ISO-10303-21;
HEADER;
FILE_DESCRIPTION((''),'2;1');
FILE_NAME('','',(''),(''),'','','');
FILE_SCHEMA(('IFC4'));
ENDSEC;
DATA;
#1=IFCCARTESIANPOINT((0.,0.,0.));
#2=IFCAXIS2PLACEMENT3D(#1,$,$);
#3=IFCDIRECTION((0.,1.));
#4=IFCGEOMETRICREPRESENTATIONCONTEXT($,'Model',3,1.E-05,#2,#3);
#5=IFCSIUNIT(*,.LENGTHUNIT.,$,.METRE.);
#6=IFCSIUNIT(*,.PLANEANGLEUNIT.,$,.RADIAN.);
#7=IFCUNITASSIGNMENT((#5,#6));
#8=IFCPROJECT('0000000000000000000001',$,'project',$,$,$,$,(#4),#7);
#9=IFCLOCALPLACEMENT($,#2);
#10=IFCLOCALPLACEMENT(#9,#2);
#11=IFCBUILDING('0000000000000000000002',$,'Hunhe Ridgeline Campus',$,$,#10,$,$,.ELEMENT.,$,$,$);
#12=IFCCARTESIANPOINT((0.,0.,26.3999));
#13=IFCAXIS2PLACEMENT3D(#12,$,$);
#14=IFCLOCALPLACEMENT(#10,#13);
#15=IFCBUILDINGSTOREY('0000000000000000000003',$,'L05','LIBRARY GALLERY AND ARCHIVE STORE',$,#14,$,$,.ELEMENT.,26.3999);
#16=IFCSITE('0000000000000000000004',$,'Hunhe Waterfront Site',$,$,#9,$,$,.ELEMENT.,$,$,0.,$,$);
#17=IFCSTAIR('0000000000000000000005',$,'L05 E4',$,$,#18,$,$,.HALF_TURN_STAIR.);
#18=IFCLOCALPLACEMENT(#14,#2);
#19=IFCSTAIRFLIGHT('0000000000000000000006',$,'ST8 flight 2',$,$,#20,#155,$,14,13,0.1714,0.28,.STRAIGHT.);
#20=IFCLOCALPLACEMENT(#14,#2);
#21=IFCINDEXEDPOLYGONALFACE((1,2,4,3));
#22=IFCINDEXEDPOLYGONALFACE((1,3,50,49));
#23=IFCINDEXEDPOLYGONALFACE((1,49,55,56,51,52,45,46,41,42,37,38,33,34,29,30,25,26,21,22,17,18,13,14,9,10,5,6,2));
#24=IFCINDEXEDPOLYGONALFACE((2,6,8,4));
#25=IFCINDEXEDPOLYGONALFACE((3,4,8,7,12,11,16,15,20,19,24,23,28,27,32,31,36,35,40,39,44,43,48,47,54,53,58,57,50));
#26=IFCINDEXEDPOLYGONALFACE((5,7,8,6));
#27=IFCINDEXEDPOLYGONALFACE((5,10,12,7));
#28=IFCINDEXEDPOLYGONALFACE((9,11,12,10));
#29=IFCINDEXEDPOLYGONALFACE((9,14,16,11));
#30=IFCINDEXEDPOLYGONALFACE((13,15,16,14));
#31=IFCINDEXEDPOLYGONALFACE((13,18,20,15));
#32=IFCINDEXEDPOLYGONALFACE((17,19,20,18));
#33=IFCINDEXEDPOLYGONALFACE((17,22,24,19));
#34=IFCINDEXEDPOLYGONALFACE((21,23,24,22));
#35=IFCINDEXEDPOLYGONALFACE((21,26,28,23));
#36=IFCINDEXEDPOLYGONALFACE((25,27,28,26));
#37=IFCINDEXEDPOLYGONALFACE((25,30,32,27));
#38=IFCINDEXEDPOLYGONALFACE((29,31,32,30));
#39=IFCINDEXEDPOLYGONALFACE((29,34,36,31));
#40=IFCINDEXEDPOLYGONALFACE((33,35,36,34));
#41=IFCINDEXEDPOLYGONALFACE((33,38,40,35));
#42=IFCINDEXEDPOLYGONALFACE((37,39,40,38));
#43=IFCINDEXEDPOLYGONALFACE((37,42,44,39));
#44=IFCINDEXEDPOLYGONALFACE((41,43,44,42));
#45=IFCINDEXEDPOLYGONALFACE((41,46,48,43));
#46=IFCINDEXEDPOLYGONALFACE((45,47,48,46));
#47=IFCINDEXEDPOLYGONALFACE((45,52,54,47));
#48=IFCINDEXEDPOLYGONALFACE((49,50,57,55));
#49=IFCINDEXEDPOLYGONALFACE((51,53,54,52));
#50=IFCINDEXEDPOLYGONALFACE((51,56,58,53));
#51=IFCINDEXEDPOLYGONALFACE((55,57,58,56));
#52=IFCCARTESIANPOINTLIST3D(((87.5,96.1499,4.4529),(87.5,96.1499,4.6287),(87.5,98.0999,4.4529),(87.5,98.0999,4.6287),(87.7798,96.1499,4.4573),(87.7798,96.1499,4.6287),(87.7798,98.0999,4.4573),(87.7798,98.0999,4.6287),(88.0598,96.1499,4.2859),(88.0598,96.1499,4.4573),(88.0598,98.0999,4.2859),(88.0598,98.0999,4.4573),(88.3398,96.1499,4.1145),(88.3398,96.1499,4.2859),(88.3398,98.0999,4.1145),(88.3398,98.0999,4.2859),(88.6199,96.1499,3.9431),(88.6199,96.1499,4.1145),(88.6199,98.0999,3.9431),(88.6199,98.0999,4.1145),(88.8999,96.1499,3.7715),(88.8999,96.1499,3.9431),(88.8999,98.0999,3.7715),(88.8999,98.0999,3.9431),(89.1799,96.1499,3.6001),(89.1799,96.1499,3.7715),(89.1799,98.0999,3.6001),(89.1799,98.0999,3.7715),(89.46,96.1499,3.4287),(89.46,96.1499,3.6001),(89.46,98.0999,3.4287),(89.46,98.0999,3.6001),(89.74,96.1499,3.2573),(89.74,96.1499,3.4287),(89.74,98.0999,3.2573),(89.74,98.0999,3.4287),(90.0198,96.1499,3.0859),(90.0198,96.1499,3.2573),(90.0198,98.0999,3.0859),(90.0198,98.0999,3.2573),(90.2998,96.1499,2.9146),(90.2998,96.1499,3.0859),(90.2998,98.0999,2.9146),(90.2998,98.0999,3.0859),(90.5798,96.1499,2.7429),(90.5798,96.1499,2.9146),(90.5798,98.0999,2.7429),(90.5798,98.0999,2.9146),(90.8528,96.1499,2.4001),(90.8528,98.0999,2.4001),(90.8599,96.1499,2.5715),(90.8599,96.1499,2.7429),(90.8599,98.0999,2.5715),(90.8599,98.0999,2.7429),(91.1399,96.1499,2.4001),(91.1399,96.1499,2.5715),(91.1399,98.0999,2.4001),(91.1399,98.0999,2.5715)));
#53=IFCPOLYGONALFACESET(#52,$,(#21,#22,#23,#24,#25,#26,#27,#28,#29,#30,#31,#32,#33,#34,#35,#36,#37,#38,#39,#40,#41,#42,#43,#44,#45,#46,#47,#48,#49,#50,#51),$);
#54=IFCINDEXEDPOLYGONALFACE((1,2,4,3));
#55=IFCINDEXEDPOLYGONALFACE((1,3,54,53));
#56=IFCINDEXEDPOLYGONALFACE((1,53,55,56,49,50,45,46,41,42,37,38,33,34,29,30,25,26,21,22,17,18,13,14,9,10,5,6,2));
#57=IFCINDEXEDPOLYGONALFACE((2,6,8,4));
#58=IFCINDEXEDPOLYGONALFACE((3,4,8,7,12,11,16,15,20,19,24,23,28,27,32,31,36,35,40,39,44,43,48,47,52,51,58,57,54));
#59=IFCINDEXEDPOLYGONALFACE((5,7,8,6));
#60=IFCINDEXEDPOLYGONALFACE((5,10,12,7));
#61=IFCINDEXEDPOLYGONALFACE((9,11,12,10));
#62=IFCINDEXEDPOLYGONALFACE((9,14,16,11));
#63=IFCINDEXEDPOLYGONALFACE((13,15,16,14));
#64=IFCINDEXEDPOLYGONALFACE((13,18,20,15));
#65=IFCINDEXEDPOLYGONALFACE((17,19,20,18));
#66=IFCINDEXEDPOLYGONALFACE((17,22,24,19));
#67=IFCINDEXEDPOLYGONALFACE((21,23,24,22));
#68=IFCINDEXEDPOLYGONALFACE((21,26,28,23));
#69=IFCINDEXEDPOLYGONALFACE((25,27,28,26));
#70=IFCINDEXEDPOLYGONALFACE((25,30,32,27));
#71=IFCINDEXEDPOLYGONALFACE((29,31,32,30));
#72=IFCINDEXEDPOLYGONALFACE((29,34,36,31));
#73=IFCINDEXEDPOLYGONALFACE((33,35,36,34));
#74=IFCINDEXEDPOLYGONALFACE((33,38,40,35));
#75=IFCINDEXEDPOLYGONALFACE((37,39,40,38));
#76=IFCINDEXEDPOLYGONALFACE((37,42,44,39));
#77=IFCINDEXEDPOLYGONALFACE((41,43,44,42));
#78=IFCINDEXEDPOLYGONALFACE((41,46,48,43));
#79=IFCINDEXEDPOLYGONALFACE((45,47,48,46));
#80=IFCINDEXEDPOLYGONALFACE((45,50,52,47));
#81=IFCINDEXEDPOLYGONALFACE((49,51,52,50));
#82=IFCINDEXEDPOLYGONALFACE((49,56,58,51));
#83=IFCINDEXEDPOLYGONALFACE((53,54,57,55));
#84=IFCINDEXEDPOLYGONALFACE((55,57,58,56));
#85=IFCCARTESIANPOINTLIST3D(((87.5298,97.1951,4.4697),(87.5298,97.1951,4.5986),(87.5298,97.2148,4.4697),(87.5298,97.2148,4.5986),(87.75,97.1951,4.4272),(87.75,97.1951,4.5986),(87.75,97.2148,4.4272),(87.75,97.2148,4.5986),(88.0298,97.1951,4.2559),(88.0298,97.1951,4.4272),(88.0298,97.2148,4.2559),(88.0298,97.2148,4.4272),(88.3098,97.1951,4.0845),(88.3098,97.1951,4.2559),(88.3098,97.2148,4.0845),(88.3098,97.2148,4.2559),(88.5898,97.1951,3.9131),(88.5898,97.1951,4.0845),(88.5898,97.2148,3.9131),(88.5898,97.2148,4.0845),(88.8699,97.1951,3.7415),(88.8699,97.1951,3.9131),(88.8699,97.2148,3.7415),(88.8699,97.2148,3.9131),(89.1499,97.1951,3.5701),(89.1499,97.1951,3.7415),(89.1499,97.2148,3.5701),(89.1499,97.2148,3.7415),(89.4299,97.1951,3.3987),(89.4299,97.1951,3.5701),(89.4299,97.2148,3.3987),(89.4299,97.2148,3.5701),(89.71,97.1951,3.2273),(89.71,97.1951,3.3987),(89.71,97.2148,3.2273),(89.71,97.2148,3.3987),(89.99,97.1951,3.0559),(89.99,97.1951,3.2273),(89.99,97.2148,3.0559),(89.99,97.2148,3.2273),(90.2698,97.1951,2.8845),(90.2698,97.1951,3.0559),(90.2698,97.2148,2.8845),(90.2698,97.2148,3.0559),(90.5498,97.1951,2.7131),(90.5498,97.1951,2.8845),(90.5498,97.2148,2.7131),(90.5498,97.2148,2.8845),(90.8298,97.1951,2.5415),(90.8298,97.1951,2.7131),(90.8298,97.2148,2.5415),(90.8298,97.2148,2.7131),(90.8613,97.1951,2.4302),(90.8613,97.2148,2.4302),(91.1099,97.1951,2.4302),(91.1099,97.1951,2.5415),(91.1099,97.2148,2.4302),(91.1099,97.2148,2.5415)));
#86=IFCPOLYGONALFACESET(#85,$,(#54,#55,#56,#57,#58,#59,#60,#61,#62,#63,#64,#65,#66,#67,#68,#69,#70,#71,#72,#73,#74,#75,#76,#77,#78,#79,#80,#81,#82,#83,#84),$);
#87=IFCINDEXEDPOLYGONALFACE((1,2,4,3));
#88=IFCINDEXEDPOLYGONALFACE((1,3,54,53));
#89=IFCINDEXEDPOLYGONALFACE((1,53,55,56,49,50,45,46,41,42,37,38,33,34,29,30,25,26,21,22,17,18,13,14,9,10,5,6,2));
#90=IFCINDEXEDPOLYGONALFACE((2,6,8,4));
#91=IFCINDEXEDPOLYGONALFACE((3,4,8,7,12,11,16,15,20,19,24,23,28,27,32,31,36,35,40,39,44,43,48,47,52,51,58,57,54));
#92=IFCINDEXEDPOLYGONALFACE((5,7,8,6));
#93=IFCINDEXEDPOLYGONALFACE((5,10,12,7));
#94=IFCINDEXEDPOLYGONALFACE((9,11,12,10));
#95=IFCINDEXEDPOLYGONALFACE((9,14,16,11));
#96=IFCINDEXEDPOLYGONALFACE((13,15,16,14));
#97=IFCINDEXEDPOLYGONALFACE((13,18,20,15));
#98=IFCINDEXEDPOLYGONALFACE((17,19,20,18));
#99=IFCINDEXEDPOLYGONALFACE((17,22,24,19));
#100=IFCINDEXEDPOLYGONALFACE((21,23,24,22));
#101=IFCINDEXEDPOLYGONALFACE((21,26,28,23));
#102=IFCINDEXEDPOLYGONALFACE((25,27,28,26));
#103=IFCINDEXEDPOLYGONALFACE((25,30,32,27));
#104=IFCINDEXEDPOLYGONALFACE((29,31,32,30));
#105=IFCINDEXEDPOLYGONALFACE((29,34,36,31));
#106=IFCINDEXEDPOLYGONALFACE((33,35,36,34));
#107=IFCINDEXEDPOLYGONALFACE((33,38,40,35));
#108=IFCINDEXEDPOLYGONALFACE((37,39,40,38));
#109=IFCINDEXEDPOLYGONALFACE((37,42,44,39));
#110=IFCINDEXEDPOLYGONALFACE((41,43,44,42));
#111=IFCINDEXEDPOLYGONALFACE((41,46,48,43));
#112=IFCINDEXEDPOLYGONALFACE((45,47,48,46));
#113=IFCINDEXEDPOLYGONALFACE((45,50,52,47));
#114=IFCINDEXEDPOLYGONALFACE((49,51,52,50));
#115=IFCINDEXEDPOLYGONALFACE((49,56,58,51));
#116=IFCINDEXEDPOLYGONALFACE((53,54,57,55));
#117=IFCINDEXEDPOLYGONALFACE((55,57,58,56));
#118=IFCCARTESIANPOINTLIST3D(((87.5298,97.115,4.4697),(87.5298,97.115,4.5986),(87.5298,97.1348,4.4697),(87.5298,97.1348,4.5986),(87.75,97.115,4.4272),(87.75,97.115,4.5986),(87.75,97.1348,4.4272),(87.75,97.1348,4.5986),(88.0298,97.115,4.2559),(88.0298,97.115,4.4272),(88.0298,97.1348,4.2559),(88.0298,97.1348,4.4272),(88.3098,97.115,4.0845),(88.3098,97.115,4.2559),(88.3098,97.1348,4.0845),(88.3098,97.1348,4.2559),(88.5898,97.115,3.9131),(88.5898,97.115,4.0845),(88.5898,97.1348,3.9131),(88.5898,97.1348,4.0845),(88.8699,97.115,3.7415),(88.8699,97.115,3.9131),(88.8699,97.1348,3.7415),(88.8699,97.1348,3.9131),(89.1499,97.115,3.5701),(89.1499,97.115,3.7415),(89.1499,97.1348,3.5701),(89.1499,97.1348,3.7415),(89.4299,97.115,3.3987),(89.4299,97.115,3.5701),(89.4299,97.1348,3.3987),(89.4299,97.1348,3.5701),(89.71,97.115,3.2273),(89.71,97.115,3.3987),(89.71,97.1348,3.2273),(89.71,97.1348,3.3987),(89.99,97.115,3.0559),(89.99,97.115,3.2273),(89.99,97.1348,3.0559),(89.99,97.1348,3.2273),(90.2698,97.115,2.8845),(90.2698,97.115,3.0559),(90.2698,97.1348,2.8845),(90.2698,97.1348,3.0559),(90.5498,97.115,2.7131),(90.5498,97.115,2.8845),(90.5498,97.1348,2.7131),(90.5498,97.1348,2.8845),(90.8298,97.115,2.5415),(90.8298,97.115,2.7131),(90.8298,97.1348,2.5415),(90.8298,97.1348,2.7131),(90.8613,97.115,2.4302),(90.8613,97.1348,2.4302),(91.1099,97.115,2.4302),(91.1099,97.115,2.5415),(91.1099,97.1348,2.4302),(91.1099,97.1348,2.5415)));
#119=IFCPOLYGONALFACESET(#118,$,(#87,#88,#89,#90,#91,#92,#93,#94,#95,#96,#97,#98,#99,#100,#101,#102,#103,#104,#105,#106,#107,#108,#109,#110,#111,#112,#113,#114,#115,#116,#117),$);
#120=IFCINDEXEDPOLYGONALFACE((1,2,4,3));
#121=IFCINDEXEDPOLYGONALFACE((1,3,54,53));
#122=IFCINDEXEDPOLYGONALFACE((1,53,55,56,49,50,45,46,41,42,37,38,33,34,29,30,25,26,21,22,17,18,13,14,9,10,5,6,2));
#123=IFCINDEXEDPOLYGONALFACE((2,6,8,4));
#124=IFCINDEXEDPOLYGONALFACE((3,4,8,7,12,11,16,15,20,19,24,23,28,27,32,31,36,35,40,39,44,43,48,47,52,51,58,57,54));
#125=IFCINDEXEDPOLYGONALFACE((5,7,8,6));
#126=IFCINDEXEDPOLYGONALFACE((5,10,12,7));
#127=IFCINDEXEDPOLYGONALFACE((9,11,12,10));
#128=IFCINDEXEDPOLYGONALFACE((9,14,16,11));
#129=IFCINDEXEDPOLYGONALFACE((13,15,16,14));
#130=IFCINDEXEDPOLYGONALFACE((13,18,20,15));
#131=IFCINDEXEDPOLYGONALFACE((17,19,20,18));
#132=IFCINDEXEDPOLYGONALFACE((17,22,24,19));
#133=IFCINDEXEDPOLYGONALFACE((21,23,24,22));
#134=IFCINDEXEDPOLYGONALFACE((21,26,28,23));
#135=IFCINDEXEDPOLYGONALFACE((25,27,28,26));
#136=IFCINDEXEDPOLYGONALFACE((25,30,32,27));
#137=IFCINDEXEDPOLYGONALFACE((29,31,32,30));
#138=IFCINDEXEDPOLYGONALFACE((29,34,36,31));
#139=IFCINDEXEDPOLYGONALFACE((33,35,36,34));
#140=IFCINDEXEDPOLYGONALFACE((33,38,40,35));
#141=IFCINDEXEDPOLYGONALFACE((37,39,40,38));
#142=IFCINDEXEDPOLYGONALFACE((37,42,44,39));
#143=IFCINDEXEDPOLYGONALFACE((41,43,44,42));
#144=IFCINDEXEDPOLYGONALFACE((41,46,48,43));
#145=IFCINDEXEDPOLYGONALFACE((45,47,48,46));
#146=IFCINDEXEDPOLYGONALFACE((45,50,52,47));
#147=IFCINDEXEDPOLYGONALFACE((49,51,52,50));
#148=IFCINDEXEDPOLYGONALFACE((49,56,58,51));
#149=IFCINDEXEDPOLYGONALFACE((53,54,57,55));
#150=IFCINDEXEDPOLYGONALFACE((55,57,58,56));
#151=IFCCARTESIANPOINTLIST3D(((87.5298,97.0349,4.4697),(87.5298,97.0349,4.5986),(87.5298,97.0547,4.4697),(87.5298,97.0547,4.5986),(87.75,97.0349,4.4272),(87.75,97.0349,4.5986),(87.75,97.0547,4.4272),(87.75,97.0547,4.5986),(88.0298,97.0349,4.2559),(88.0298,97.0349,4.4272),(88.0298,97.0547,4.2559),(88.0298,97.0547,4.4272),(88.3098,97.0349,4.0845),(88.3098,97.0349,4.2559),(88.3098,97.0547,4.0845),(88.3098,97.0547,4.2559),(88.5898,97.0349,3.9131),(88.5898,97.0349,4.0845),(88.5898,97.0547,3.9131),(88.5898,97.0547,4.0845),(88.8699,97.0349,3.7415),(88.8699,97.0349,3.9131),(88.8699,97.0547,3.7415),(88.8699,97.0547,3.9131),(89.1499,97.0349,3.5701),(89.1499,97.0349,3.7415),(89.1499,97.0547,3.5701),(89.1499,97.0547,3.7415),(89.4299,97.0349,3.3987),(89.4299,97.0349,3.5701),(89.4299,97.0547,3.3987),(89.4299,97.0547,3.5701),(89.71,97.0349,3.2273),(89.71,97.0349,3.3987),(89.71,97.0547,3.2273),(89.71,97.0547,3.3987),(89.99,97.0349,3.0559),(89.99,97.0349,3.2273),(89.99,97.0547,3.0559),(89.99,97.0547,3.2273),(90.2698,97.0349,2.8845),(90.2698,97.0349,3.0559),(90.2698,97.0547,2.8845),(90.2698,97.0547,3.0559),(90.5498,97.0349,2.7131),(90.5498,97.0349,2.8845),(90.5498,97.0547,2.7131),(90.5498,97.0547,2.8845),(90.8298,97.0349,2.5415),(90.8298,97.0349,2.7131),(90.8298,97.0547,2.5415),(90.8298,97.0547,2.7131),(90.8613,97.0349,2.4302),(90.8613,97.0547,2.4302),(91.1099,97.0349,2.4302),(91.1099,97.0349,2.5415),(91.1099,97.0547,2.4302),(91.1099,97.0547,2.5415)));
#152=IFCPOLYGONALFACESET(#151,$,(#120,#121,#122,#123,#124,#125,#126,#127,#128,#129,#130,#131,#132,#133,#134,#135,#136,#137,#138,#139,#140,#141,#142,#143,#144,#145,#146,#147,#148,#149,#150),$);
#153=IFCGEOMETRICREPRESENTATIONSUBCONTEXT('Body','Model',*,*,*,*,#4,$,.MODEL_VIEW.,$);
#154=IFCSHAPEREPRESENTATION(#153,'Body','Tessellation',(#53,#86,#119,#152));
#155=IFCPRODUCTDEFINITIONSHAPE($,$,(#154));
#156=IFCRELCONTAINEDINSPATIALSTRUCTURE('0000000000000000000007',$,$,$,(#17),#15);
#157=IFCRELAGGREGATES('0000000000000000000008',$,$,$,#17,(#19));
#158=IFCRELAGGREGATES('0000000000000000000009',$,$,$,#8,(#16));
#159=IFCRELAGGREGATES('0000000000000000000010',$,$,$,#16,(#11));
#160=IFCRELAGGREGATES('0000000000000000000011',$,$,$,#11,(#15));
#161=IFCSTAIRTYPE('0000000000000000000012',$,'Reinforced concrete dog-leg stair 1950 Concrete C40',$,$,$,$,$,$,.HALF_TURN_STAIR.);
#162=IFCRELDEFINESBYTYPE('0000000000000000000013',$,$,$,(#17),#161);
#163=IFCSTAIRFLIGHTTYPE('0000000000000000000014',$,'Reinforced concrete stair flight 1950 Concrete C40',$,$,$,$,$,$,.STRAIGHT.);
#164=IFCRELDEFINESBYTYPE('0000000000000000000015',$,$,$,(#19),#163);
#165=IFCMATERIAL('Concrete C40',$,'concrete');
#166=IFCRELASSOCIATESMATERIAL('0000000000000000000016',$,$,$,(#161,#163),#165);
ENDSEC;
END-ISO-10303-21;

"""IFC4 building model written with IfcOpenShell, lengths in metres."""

from ifc_helpers import new_model, si_unit, direction, frame, origin, place, context, subcontext, project, spatial, polyline, outline, extrude, material, type_object, element, aggregate, save


model = new_model("IFC4")

# Units and contexts
model_context = context("Model", 3, precision=1e-05, world=origin(), true_north=direction((0.0, 1.0)))
body_context = subcontext(model_context, "Body", "Model", "MODEL_VIEW")
ifc_project = project(units=[si_unit("LENGTHUNIT", "METRE"), si_unit("PLANEANGLEUNIT", "RADIAN")], contexts=[model_context])

# Site, building, storey
site_placement = place(None, origin())
site = spatial("IfcSite", under=ifc_project, at=site_placement, Name="Hunhe Waterfront Site", CompositionType="ELEMENT", RefElevation=0.0)
building_placement = place(site_placement, origin())
building = spatial("IfcBuilding", under=site, at=building_placement, Name="Hunhe Ridgeline Campus", CompositionType="ELEMENT")
storey_placement = place(building_placement, frame((0.0, 0.0, 26.3999)))
storey = spatial("IfcBuildingStorey", under=building, at=storey_placement, Name="L05", Description="LIBRARY GALLERY AND ARCHIVE STORE", CompositionType="ELEMENT", Elevation=26.3999)

# Stair, stair flight
ifc_material_1 = material(Name="Concrete C40", Category="concrete")
stair_type = type_object("IfcStairType", Name="Reinforced concrete dog-leg stair 1950 Concrete C40", PredefinedType="HALF_TURN_STAIR", material=ifc_material_1)
stair_placement = place(storey_placement, origin())
stair = element("IfcStair", 1, at=stair_placement, inside=storey, type_object=stair_type, Name="L05 E4", PredefinedType="HALF_TURN_STAIR")
stair_flight_type = type_object("IfcStairFlightType", Name="Reinforced concrete stair flight 1950 Concrete C40", PredefinedType="STRAIGHT", material=ifc_material_1)
stair_flight_1_placement = place(storey_placement, frame((91.1399, 97.125, 2.4001), z_axis=(0.0, 0.0, 1.0), x_axis=(-1.0, 0.0, 0.0)))
stair_flight_1 = element("IfcStairFlight", 2, at=stair_flight_1_placement, type_object=stair_flight_type, Name="ST8 flight 2", NumberOfRisers=14, NumberOfTreads=13, PredefinedType="STRAIGHT", RiserHeight=0.1714, TreadLength=0.28, context=body_context, shape_type="SweptSolid", body=[
    extrude(outline(polyline([(0.0, 0.0), (0.0, 0.1714), (0.28, 0.1714), (0.28, 0.3428), (0.5601, 0.3428), (0.5601, 0.5144), (0.8401, 0.5144), (0.8401, 0.6858), (1.1201, 0.6858), (1.1201, 0.8572), (1.3999, 0.8572), (1.3999, 1.0286), (1.6799, 1.0286), (1.6799, 1.2), (1.96, 1.2), (1.96, 1.3713), (2.24, 1.3713), (2.24, 1.543), (2.52, 1.543), (2.52, 1.7144), (2.8, 1.7144), (2.8, 1.8857), (3.0801, 1.8857), (3.0801, 2.0571), (3.3601, 2.0571), (3.3601, 2.2285), (3.6399, 2.2285), (3.6399, 2.3999), (3.6399, 2.0527), (0.2871, 0.0), (0.0, 0.0)])), frame((0.0, 0.9751, 0.0), z_axis=(0.0, -1.0, 0.0), x_axis=(1.0, 0.0, 0.0)), (0.0, 0.0, 1.0), 1.95),
    extrude(outline(polyline([(0.03, 0.03), (0.03, 0.1414), (0.3101, 0.1414), (0.3101, 0.313), (0.5901, 0.313), (0.5901, 0.4844), (0.8701, 0.4844), (0.8701, 0.6558), (1.1499, 0.6558), (1.1499, 0.8271), (1.4299, 0.8271), (1.4299, 0.9985), (1.71, 0.9985), (1.71, 1.1699), (1.99, 1.1699), (1.99, 1.3413), (2.27, 1.3413), (2.27, 1.5129), (2.55, 1.5129), (2.55, 1.6843), (2.8301, 1.6843), (2.8301, 1.8557), (3.1101, 1.8557), (3.1101, 2.0271), (3.3899, 2.0271), (3.3899, 2.1985), (3.6101, 2.1985), (3.6101, 2.0696), (0.2786, 0.03), (0.03, 0.03)])), frame((0.0, -0.0701, 0.0), z_axis=(0.0, -1.0, 0.0), x_axis=(1.0, 0.0, 0.0)), (0.0, 0.0, 1.0), 0.0198),
    extrude(outline(polyline([(0.03, 0.03), (0.03, 0.1414), (0.3101, 0.1414), (0.3101, 0.313), (0.5901, 0.313), (0.5901, 0.4844), (0.8701, 0.4844), (0.8701, 0.6558), (1.1499, 0.6558), (1.1499, 0.8271), (1.4299, 0.8271), (1.4299, 0.9985), (1.71, 0.9985), (1.71, 1.1699), (1.99, 1.1699), (1.99, 1.3413), (2.27, 1.3413), (2.27, 1.5129), (2.55, 1.5129), (2.55, 1.6843), (2.8301, 1.6843), (2.8301, 1.8557), (3.1101, 1.8557), (3.1101, 2.0271), (3.3899, 2.0271), (3.3899, 2.1985), (3.6101, 2.1985), (3.6101, 2.0696), (0.2786, 0.03), (0.03, 0.03)])), frame((0.0, 0.01, 0.0), z_axis=(0.0, -1.0, 0.0), x_axis=(1.0, 0.0, 0.0)), (0.0, 0.0, 1.0), 0.0198),
    extrude(outline(polyline([(0.03, 0.03), (0.03, 0.1414), (0.3101, 0.1414), (0.3101, 0.313), (0.5901, 0.313), (0.5901, 0.4844), (0.8701, 0.4844), (0.8701, 0.6558), (1.1499, 0.6558), (1.1499, 0.8271), (1.4299, 0.8271), (1.4299, 0.9985), (1.71, 0.9985), (1.71, 1.1699), (1.99, 1.1699), (1.99, 1.3413), (2.27, 1.3413), (2.27, 1.5129), (2.55, 1.5129), (2.55, 1.6843), (2.8301, 1.6843), (2.8301, 1.8557), (3.1101, 1.8557), (3.1101, 2.0271), (3.3899, 2.0271), (3.3899, 2.1985), (3.6101, 2.1985), (3.6101, 2.0696), (0.2786, 0.03), (0.03, 0.03)])), frame((0.0, 0.0901, 0.0), z_axis=(0.0, -1.0, 0.0), x_axis=(1.0, 0.0, 0.0)), (0.0, 0.0, 1.0), 0.0198),
])
aggregate(stair, [stair_flight_1])

save(model, "model.ifc")
